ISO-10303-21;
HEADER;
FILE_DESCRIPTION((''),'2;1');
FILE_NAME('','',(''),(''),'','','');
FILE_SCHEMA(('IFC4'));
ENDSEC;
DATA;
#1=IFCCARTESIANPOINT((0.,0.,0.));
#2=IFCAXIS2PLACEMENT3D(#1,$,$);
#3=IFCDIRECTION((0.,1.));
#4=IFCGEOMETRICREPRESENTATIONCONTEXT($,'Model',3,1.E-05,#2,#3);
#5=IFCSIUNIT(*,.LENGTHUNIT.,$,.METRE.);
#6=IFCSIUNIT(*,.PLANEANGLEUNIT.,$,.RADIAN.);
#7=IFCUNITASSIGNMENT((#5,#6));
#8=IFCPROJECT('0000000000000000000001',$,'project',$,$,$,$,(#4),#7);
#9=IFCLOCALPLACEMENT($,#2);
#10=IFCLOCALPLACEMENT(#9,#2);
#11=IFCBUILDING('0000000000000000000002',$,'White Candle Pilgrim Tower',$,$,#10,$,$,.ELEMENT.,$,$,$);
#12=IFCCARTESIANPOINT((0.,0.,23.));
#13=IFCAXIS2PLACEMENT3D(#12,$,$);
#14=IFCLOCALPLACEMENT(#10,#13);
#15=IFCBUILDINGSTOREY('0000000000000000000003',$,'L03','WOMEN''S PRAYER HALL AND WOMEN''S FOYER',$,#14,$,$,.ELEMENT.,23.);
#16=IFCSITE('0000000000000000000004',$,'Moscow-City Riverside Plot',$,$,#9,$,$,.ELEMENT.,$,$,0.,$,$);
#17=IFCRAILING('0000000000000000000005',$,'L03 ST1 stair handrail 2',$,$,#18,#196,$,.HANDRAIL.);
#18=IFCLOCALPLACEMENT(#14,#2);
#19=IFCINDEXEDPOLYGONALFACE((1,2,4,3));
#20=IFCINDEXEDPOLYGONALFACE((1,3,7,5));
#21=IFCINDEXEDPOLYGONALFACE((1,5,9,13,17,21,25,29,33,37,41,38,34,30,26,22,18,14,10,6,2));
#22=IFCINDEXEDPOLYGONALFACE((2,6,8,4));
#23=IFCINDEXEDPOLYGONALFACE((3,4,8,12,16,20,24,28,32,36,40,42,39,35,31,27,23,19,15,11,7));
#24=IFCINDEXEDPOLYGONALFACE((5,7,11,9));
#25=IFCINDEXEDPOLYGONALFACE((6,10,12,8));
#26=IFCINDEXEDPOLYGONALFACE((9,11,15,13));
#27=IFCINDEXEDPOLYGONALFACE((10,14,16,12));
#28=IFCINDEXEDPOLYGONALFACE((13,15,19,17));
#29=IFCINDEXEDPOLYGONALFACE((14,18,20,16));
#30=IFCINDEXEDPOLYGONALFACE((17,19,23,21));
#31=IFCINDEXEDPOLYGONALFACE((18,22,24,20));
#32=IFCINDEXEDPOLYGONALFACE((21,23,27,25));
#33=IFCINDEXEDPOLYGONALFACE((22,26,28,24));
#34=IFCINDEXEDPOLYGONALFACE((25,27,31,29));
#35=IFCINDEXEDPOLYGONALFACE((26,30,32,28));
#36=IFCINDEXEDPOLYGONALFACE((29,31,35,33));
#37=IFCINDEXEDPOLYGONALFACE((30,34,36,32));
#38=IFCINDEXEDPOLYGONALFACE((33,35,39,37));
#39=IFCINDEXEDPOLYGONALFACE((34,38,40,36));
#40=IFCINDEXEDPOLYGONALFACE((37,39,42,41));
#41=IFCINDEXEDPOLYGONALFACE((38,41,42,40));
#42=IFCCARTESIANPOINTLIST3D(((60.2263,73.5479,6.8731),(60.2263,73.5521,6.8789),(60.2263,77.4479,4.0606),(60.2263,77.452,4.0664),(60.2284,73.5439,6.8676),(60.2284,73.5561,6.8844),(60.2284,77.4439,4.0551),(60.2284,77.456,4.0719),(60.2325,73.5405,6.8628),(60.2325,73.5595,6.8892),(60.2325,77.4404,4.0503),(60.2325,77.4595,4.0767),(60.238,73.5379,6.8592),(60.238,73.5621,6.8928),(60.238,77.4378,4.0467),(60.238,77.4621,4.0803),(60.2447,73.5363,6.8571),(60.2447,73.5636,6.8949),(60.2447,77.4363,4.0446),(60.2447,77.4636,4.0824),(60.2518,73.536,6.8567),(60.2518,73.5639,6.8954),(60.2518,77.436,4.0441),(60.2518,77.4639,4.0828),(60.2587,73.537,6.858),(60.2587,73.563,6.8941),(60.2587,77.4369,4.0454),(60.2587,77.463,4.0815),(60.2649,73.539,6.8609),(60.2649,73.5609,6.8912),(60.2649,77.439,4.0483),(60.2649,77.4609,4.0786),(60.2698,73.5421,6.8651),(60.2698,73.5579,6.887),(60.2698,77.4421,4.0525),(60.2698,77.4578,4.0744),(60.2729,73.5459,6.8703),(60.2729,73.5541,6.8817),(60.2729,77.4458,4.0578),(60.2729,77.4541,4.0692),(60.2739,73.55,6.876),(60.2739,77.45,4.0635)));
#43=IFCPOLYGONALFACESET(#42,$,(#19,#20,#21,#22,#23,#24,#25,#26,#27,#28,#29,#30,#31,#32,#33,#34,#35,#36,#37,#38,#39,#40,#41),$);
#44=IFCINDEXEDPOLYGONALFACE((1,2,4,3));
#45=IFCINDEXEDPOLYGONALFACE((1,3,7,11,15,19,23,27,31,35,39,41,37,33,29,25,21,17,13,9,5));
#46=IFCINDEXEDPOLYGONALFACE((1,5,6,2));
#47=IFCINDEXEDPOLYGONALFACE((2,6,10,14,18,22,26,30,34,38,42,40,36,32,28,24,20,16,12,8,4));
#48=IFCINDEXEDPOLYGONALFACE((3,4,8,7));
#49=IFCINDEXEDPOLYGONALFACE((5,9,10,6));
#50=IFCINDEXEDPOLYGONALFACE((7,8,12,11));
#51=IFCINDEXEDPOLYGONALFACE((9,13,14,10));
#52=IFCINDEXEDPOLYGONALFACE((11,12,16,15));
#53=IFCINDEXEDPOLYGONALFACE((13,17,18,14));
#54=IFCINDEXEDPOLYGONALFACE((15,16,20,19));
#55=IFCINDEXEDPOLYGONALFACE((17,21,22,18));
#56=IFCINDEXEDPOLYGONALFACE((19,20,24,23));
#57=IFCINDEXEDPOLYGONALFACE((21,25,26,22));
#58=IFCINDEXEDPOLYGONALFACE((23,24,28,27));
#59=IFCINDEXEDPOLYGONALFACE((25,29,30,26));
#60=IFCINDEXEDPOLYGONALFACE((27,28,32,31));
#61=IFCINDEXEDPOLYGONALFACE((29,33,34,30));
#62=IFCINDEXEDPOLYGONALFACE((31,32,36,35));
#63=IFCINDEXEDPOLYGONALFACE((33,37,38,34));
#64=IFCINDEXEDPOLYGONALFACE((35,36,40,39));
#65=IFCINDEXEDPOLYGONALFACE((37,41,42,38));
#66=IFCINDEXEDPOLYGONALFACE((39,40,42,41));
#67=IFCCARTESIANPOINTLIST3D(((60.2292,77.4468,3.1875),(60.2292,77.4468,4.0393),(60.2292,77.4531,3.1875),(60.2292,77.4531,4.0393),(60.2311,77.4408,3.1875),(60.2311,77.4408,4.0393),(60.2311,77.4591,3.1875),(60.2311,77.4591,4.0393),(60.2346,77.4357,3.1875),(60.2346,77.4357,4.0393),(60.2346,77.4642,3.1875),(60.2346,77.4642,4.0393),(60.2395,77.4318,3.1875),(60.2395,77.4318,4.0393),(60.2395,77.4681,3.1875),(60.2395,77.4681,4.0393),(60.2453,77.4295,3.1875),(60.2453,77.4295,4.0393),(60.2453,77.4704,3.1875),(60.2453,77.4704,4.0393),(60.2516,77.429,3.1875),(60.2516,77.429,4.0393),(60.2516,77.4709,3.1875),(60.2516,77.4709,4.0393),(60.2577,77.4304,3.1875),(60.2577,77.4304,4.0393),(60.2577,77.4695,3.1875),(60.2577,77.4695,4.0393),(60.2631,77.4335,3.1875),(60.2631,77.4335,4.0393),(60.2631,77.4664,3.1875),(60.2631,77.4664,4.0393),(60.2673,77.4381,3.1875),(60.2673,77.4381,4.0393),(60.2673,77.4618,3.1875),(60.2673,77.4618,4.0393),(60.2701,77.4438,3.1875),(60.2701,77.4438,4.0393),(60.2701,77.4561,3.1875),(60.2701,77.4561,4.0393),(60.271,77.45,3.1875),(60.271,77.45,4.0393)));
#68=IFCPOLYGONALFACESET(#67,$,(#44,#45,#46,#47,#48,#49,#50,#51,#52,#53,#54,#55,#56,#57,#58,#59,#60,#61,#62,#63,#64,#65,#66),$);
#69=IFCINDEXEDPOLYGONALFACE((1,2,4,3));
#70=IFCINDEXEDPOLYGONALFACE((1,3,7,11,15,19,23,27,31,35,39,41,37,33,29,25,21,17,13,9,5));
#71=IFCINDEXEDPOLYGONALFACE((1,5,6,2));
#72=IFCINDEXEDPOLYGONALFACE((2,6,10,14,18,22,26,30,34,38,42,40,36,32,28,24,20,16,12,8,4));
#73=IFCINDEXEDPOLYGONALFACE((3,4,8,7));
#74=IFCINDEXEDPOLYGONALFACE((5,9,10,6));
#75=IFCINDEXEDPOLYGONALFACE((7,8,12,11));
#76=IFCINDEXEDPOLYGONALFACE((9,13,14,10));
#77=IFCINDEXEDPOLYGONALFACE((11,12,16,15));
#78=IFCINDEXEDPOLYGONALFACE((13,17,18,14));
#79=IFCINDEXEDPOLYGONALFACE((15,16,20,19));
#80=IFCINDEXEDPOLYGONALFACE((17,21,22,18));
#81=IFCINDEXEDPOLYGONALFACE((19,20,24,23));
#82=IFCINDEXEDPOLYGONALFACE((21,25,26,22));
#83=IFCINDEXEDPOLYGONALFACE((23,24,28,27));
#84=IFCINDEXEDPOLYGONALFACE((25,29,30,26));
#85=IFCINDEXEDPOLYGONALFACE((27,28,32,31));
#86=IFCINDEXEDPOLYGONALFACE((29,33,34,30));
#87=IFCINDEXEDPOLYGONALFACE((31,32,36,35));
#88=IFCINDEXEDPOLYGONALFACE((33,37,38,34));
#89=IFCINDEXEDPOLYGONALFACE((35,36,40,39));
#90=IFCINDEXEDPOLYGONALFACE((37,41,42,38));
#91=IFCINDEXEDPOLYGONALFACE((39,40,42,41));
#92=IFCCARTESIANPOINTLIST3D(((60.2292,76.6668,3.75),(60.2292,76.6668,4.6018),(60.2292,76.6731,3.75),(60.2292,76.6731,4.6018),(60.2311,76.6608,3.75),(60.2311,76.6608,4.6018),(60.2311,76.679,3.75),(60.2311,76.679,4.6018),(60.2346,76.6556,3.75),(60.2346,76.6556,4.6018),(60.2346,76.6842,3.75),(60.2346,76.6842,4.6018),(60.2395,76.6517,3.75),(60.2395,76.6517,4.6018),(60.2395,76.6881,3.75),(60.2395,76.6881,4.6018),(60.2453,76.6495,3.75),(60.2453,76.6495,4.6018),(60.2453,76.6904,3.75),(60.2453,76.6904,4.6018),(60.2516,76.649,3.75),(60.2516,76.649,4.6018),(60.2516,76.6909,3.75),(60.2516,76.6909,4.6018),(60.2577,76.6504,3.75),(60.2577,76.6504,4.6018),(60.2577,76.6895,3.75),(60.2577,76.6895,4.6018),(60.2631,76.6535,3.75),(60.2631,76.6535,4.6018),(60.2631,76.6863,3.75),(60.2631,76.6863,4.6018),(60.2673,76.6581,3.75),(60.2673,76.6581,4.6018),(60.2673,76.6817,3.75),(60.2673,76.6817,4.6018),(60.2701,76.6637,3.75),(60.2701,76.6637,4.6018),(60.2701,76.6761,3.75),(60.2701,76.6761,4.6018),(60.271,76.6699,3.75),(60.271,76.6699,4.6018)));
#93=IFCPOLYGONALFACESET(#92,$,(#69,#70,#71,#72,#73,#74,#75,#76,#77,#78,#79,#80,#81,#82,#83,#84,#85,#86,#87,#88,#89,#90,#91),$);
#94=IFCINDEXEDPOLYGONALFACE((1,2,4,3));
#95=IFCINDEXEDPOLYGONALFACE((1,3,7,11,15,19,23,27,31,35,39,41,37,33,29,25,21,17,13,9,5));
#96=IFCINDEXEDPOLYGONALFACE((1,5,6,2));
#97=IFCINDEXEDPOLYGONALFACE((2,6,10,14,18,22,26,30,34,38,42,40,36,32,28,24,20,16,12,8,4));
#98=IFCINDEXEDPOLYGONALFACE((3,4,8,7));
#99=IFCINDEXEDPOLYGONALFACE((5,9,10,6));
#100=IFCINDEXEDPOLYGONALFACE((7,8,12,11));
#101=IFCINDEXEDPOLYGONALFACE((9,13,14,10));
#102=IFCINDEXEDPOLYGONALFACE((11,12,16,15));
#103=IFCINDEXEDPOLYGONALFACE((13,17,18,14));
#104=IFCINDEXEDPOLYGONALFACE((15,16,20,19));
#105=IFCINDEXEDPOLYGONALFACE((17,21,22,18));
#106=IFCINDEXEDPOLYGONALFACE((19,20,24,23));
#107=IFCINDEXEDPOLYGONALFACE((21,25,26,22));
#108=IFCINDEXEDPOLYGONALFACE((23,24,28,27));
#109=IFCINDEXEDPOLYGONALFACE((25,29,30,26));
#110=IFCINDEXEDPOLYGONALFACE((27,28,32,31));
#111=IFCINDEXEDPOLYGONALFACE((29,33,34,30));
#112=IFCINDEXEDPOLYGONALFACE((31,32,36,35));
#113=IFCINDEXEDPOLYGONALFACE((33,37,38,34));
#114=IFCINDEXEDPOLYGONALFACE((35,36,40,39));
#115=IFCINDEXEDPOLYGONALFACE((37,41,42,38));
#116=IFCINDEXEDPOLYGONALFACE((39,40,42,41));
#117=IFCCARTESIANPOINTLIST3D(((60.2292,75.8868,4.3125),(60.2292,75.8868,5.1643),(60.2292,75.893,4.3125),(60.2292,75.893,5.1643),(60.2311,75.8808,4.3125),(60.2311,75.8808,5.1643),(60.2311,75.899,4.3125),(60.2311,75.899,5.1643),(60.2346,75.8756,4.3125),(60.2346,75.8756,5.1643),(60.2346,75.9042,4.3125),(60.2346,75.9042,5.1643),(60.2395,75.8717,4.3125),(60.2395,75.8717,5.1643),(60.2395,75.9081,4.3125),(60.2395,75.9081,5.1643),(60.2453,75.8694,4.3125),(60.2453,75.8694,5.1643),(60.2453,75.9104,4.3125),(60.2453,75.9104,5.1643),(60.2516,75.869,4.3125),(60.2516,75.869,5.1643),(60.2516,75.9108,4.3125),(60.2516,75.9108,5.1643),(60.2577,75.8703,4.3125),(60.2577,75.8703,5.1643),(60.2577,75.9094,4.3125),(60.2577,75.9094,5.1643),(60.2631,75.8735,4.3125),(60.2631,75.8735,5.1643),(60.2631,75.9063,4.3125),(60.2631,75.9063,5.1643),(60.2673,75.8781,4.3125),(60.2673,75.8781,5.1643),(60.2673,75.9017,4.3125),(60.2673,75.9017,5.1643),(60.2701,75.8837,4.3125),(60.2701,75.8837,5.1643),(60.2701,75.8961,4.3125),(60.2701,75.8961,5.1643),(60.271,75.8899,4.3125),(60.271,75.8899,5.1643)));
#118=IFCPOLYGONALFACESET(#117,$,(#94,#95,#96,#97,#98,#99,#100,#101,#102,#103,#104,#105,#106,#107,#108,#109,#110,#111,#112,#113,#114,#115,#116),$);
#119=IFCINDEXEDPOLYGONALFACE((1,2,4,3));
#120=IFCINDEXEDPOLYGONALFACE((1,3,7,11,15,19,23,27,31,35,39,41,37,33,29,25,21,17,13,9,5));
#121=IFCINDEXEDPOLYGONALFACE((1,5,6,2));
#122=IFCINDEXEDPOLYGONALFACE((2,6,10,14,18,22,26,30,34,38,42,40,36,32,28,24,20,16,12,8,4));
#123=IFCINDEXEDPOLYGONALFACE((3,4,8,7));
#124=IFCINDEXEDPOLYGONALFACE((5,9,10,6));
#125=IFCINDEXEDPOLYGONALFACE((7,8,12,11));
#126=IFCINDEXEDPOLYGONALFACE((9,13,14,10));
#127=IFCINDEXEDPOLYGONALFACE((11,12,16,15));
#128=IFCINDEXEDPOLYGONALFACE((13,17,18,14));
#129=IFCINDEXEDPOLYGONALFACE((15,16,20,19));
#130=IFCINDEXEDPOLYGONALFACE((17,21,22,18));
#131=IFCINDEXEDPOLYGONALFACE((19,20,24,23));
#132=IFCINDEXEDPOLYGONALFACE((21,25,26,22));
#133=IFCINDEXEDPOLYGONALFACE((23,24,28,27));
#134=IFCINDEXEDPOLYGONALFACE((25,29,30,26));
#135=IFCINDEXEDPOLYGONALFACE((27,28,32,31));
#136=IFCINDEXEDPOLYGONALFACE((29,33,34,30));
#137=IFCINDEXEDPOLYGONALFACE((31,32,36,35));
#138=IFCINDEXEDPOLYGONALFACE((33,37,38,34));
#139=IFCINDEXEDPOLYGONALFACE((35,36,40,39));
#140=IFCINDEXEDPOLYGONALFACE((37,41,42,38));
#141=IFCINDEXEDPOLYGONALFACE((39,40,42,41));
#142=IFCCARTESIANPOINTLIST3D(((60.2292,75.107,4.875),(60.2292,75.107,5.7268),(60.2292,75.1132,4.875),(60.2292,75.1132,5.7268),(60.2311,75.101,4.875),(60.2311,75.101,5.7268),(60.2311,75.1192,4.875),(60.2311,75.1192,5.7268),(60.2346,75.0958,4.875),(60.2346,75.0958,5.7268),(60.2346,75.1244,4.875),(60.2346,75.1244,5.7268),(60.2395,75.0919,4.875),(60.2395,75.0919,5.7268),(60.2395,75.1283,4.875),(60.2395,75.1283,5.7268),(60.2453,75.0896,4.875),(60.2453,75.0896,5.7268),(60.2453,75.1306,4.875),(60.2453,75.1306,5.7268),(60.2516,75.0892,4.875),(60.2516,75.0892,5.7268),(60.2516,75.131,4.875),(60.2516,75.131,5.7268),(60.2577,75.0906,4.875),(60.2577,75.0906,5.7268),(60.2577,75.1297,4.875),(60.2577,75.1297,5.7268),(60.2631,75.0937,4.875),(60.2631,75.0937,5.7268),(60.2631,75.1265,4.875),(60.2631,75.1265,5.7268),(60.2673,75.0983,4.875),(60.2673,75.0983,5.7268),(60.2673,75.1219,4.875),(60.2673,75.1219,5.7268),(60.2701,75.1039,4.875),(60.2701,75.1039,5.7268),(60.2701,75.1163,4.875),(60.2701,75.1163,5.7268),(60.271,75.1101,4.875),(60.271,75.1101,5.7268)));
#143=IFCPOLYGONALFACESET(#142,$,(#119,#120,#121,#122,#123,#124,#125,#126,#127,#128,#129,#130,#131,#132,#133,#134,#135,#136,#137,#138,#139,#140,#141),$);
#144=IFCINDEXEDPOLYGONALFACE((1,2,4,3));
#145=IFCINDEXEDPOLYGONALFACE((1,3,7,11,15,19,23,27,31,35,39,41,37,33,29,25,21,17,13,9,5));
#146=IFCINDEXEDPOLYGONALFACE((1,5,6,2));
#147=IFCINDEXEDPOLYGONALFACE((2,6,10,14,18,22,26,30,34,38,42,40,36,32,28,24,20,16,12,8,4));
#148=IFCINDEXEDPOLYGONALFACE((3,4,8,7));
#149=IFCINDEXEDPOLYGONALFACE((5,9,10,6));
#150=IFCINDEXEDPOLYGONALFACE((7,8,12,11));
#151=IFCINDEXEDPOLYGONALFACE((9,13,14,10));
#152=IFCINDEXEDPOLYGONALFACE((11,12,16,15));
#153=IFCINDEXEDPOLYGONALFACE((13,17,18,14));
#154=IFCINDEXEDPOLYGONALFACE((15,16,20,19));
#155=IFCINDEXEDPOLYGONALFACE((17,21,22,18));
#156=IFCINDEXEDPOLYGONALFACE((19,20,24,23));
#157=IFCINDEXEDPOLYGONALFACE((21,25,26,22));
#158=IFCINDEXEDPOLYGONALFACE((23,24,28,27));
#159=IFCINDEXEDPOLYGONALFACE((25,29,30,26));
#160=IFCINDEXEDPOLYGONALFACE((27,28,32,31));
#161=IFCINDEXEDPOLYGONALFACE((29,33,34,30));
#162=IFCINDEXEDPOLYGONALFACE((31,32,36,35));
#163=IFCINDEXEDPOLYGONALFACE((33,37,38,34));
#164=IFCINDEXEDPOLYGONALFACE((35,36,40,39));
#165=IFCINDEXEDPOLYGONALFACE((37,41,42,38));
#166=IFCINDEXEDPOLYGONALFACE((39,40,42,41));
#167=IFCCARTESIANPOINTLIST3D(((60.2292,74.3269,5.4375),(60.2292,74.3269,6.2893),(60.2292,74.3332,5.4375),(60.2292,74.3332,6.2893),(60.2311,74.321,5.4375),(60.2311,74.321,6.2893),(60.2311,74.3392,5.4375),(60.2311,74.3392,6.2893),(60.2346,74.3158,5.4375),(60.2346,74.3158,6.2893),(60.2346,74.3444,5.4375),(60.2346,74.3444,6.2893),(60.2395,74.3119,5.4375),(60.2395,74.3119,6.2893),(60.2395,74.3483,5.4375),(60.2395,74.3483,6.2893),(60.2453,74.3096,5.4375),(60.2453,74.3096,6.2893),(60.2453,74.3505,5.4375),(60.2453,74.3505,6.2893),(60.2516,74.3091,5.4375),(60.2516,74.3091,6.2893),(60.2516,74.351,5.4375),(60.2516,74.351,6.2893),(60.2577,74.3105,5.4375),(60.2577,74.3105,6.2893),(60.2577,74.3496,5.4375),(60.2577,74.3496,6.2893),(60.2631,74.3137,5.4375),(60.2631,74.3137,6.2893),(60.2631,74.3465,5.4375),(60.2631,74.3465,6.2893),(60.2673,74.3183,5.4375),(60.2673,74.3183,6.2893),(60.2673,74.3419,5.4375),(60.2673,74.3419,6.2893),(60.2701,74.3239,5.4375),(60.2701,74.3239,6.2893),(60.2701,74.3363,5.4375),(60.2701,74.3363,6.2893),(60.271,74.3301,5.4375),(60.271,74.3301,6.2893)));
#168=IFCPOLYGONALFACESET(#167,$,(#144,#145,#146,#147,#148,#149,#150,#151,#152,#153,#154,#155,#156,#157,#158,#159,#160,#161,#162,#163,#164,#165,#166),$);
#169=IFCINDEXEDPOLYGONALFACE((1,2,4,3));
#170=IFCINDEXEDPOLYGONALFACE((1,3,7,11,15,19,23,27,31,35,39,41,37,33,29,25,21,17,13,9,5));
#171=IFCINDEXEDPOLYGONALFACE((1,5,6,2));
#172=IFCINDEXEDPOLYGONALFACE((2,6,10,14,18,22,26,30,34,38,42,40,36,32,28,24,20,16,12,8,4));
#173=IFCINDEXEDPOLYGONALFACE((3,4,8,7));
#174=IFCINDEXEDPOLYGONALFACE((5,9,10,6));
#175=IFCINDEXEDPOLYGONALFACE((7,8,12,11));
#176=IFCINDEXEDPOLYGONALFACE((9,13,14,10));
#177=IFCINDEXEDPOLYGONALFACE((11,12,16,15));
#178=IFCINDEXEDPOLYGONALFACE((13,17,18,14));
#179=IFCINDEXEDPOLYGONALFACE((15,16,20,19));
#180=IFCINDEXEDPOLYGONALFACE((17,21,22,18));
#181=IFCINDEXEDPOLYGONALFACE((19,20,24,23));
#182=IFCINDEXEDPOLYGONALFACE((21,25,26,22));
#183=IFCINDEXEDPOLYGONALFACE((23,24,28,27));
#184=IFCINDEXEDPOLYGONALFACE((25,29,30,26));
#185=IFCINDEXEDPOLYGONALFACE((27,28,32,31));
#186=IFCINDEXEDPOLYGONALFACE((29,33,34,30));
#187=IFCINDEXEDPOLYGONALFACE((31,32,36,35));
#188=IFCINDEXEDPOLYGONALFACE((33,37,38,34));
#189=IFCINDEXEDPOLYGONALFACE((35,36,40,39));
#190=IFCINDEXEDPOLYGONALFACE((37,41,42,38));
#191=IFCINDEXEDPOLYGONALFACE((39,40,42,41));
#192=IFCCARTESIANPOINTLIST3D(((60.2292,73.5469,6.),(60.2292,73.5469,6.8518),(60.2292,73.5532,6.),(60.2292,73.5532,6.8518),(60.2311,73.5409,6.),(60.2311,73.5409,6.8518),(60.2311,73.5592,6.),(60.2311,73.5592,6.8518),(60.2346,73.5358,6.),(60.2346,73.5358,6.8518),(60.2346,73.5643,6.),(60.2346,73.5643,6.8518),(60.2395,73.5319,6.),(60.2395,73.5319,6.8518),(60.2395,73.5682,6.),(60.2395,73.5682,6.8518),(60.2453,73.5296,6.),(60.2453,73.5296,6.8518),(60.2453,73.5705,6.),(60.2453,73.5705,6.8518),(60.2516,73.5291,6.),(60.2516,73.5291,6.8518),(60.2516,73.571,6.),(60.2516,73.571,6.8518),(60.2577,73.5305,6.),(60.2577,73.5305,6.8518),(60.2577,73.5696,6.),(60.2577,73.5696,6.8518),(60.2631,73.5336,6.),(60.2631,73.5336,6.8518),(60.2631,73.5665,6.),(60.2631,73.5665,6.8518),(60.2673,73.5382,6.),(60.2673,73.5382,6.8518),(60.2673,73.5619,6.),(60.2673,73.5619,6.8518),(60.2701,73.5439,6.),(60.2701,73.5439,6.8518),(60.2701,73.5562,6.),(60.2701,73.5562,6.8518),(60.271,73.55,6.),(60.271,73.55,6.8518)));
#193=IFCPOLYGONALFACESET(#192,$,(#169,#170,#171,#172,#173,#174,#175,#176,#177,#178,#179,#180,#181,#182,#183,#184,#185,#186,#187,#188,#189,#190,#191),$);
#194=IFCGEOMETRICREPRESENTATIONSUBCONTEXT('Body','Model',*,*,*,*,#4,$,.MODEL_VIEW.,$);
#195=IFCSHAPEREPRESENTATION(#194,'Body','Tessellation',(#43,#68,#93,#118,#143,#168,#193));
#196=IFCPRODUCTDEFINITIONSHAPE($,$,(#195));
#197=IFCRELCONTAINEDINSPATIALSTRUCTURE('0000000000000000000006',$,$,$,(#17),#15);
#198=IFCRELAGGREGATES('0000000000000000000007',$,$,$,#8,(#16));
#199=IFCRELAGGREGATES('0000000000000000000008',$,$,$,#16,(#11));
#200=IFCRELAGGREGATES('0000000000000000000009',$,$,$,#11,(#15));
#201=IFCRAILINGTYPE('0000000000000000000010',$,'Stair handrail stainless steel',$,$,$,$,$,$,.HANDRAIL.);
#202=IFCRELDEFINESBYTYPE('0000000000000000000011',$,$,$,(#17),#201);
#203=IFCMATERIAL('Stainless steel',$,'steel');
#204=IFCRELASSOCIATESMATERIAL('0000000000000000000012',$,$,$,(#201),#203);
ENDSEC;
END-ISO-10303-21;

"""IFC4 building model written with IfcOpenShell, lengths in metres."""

from ifc_helpers import new_model, si_unit, direction, frame, origin, origin_2d, place, context, subcontext, project, spatial, circle, extrude, material, type_object, element, save


model = new_model("IFC4")

# Units and contexts
model_context = context("Model", 3, precision=1e-05, world=origin(), true_north=direction((0.0, 1.0)))
body_context = subcontext(model_context, "Body", "Model", "MODEL_VIEW")
ifc_project = project(units=[si_unit("LENGTHUNIT", "METRE"), si_unit("PLANEANGLEUNIT", "RADIAN")], contexts=[model_context])

# Site, building, storey
site_placement = place(None, origin())
site = spatial("IfcSite", under=ifc_project, at=site_placement, Name="Moscow-City Riverside Plot", CompositionType="ELEMENT", RefElevation=0.0)
building_placement = place(site_placement, origin())
building = spatial("IfcBuilding", under=site, at=building_placement, Name="White Candle Pilgrim Tower", CompositionType="ELEMENT")
storey_placement = place(building_placement, frame((0.0, 0.0, 23.0)))
storey = spatial("IfcBuildingStorey", under=building, at=storey_placement, Name="L03", Description="WOMEN'S PRAYER HALL AND WOMEN'S FOYER", CompositionType="ELEMENT", Elevation=23.0)

# Shared definitions
ifc_material_1 = material(Name="Stainless steel", Category="steel")

# Railing
railing_type_1 = type_object("IfcRailingType", Name="Stair handrail stainless steel", PredefinedType="HANDRAIL", material=ifc_material_1)
railing_1_placement = place(storey_placement, frame((60.25, 77.45, 3.1875)))
element("IfcRailing", 1, at=railing_1_placement, inside=storey, type_object=railing_type_1, Name="L03 ST1 stair handrail 2", PredefinedType="HANDRAIL", context=body_context, shape_type="SweptSolid", body=[
    extrude(circle(Radius=0.0239, at=origin_2d()), frame((0.0, 0.0, 0.876), z_axis=(0.0, -0.811083, 0.584931), x_axis=(1.0, 0.0, 0.0)), (0.0, 0.0, 1.0), 4.8083),
    extrude(circle(Radius=0.021, at=origin_2d()), origin(), (0.0, 0.0, 1.0), 0.8518),
    extrude(circle(Radius=0.021, at=origin_2d()), frame((0.0, -0.78, 0.5625)), (0.0, 0.0, 1.0), 0.8518),
    extrude(circle(Radius=0.021, at=origin_2d()), frame((0.0, -1.5601, 1.125)), (0.0, 0.0, 1.0), 0.8518),
    extrude(circle(Radius=0.021, at=origin_2d()), frame((0.0, -2.3398, 1.6875)), (0.0, 0.0, 1.0), 0.8518),
    extrude(circle(Radius=0.021, at=origin_2d()), frame((0.0, -3.1199, 2.25)), (0.0, 0.0, 1.0), 0.8518),
    extrude(circle(Radius=0.021, at=origin_2d()), frame((0.0, -3.8999, 2.8125)), (0.0, 0.0, 1.0), 0.8518),
])

save(model, "model.ifc")
